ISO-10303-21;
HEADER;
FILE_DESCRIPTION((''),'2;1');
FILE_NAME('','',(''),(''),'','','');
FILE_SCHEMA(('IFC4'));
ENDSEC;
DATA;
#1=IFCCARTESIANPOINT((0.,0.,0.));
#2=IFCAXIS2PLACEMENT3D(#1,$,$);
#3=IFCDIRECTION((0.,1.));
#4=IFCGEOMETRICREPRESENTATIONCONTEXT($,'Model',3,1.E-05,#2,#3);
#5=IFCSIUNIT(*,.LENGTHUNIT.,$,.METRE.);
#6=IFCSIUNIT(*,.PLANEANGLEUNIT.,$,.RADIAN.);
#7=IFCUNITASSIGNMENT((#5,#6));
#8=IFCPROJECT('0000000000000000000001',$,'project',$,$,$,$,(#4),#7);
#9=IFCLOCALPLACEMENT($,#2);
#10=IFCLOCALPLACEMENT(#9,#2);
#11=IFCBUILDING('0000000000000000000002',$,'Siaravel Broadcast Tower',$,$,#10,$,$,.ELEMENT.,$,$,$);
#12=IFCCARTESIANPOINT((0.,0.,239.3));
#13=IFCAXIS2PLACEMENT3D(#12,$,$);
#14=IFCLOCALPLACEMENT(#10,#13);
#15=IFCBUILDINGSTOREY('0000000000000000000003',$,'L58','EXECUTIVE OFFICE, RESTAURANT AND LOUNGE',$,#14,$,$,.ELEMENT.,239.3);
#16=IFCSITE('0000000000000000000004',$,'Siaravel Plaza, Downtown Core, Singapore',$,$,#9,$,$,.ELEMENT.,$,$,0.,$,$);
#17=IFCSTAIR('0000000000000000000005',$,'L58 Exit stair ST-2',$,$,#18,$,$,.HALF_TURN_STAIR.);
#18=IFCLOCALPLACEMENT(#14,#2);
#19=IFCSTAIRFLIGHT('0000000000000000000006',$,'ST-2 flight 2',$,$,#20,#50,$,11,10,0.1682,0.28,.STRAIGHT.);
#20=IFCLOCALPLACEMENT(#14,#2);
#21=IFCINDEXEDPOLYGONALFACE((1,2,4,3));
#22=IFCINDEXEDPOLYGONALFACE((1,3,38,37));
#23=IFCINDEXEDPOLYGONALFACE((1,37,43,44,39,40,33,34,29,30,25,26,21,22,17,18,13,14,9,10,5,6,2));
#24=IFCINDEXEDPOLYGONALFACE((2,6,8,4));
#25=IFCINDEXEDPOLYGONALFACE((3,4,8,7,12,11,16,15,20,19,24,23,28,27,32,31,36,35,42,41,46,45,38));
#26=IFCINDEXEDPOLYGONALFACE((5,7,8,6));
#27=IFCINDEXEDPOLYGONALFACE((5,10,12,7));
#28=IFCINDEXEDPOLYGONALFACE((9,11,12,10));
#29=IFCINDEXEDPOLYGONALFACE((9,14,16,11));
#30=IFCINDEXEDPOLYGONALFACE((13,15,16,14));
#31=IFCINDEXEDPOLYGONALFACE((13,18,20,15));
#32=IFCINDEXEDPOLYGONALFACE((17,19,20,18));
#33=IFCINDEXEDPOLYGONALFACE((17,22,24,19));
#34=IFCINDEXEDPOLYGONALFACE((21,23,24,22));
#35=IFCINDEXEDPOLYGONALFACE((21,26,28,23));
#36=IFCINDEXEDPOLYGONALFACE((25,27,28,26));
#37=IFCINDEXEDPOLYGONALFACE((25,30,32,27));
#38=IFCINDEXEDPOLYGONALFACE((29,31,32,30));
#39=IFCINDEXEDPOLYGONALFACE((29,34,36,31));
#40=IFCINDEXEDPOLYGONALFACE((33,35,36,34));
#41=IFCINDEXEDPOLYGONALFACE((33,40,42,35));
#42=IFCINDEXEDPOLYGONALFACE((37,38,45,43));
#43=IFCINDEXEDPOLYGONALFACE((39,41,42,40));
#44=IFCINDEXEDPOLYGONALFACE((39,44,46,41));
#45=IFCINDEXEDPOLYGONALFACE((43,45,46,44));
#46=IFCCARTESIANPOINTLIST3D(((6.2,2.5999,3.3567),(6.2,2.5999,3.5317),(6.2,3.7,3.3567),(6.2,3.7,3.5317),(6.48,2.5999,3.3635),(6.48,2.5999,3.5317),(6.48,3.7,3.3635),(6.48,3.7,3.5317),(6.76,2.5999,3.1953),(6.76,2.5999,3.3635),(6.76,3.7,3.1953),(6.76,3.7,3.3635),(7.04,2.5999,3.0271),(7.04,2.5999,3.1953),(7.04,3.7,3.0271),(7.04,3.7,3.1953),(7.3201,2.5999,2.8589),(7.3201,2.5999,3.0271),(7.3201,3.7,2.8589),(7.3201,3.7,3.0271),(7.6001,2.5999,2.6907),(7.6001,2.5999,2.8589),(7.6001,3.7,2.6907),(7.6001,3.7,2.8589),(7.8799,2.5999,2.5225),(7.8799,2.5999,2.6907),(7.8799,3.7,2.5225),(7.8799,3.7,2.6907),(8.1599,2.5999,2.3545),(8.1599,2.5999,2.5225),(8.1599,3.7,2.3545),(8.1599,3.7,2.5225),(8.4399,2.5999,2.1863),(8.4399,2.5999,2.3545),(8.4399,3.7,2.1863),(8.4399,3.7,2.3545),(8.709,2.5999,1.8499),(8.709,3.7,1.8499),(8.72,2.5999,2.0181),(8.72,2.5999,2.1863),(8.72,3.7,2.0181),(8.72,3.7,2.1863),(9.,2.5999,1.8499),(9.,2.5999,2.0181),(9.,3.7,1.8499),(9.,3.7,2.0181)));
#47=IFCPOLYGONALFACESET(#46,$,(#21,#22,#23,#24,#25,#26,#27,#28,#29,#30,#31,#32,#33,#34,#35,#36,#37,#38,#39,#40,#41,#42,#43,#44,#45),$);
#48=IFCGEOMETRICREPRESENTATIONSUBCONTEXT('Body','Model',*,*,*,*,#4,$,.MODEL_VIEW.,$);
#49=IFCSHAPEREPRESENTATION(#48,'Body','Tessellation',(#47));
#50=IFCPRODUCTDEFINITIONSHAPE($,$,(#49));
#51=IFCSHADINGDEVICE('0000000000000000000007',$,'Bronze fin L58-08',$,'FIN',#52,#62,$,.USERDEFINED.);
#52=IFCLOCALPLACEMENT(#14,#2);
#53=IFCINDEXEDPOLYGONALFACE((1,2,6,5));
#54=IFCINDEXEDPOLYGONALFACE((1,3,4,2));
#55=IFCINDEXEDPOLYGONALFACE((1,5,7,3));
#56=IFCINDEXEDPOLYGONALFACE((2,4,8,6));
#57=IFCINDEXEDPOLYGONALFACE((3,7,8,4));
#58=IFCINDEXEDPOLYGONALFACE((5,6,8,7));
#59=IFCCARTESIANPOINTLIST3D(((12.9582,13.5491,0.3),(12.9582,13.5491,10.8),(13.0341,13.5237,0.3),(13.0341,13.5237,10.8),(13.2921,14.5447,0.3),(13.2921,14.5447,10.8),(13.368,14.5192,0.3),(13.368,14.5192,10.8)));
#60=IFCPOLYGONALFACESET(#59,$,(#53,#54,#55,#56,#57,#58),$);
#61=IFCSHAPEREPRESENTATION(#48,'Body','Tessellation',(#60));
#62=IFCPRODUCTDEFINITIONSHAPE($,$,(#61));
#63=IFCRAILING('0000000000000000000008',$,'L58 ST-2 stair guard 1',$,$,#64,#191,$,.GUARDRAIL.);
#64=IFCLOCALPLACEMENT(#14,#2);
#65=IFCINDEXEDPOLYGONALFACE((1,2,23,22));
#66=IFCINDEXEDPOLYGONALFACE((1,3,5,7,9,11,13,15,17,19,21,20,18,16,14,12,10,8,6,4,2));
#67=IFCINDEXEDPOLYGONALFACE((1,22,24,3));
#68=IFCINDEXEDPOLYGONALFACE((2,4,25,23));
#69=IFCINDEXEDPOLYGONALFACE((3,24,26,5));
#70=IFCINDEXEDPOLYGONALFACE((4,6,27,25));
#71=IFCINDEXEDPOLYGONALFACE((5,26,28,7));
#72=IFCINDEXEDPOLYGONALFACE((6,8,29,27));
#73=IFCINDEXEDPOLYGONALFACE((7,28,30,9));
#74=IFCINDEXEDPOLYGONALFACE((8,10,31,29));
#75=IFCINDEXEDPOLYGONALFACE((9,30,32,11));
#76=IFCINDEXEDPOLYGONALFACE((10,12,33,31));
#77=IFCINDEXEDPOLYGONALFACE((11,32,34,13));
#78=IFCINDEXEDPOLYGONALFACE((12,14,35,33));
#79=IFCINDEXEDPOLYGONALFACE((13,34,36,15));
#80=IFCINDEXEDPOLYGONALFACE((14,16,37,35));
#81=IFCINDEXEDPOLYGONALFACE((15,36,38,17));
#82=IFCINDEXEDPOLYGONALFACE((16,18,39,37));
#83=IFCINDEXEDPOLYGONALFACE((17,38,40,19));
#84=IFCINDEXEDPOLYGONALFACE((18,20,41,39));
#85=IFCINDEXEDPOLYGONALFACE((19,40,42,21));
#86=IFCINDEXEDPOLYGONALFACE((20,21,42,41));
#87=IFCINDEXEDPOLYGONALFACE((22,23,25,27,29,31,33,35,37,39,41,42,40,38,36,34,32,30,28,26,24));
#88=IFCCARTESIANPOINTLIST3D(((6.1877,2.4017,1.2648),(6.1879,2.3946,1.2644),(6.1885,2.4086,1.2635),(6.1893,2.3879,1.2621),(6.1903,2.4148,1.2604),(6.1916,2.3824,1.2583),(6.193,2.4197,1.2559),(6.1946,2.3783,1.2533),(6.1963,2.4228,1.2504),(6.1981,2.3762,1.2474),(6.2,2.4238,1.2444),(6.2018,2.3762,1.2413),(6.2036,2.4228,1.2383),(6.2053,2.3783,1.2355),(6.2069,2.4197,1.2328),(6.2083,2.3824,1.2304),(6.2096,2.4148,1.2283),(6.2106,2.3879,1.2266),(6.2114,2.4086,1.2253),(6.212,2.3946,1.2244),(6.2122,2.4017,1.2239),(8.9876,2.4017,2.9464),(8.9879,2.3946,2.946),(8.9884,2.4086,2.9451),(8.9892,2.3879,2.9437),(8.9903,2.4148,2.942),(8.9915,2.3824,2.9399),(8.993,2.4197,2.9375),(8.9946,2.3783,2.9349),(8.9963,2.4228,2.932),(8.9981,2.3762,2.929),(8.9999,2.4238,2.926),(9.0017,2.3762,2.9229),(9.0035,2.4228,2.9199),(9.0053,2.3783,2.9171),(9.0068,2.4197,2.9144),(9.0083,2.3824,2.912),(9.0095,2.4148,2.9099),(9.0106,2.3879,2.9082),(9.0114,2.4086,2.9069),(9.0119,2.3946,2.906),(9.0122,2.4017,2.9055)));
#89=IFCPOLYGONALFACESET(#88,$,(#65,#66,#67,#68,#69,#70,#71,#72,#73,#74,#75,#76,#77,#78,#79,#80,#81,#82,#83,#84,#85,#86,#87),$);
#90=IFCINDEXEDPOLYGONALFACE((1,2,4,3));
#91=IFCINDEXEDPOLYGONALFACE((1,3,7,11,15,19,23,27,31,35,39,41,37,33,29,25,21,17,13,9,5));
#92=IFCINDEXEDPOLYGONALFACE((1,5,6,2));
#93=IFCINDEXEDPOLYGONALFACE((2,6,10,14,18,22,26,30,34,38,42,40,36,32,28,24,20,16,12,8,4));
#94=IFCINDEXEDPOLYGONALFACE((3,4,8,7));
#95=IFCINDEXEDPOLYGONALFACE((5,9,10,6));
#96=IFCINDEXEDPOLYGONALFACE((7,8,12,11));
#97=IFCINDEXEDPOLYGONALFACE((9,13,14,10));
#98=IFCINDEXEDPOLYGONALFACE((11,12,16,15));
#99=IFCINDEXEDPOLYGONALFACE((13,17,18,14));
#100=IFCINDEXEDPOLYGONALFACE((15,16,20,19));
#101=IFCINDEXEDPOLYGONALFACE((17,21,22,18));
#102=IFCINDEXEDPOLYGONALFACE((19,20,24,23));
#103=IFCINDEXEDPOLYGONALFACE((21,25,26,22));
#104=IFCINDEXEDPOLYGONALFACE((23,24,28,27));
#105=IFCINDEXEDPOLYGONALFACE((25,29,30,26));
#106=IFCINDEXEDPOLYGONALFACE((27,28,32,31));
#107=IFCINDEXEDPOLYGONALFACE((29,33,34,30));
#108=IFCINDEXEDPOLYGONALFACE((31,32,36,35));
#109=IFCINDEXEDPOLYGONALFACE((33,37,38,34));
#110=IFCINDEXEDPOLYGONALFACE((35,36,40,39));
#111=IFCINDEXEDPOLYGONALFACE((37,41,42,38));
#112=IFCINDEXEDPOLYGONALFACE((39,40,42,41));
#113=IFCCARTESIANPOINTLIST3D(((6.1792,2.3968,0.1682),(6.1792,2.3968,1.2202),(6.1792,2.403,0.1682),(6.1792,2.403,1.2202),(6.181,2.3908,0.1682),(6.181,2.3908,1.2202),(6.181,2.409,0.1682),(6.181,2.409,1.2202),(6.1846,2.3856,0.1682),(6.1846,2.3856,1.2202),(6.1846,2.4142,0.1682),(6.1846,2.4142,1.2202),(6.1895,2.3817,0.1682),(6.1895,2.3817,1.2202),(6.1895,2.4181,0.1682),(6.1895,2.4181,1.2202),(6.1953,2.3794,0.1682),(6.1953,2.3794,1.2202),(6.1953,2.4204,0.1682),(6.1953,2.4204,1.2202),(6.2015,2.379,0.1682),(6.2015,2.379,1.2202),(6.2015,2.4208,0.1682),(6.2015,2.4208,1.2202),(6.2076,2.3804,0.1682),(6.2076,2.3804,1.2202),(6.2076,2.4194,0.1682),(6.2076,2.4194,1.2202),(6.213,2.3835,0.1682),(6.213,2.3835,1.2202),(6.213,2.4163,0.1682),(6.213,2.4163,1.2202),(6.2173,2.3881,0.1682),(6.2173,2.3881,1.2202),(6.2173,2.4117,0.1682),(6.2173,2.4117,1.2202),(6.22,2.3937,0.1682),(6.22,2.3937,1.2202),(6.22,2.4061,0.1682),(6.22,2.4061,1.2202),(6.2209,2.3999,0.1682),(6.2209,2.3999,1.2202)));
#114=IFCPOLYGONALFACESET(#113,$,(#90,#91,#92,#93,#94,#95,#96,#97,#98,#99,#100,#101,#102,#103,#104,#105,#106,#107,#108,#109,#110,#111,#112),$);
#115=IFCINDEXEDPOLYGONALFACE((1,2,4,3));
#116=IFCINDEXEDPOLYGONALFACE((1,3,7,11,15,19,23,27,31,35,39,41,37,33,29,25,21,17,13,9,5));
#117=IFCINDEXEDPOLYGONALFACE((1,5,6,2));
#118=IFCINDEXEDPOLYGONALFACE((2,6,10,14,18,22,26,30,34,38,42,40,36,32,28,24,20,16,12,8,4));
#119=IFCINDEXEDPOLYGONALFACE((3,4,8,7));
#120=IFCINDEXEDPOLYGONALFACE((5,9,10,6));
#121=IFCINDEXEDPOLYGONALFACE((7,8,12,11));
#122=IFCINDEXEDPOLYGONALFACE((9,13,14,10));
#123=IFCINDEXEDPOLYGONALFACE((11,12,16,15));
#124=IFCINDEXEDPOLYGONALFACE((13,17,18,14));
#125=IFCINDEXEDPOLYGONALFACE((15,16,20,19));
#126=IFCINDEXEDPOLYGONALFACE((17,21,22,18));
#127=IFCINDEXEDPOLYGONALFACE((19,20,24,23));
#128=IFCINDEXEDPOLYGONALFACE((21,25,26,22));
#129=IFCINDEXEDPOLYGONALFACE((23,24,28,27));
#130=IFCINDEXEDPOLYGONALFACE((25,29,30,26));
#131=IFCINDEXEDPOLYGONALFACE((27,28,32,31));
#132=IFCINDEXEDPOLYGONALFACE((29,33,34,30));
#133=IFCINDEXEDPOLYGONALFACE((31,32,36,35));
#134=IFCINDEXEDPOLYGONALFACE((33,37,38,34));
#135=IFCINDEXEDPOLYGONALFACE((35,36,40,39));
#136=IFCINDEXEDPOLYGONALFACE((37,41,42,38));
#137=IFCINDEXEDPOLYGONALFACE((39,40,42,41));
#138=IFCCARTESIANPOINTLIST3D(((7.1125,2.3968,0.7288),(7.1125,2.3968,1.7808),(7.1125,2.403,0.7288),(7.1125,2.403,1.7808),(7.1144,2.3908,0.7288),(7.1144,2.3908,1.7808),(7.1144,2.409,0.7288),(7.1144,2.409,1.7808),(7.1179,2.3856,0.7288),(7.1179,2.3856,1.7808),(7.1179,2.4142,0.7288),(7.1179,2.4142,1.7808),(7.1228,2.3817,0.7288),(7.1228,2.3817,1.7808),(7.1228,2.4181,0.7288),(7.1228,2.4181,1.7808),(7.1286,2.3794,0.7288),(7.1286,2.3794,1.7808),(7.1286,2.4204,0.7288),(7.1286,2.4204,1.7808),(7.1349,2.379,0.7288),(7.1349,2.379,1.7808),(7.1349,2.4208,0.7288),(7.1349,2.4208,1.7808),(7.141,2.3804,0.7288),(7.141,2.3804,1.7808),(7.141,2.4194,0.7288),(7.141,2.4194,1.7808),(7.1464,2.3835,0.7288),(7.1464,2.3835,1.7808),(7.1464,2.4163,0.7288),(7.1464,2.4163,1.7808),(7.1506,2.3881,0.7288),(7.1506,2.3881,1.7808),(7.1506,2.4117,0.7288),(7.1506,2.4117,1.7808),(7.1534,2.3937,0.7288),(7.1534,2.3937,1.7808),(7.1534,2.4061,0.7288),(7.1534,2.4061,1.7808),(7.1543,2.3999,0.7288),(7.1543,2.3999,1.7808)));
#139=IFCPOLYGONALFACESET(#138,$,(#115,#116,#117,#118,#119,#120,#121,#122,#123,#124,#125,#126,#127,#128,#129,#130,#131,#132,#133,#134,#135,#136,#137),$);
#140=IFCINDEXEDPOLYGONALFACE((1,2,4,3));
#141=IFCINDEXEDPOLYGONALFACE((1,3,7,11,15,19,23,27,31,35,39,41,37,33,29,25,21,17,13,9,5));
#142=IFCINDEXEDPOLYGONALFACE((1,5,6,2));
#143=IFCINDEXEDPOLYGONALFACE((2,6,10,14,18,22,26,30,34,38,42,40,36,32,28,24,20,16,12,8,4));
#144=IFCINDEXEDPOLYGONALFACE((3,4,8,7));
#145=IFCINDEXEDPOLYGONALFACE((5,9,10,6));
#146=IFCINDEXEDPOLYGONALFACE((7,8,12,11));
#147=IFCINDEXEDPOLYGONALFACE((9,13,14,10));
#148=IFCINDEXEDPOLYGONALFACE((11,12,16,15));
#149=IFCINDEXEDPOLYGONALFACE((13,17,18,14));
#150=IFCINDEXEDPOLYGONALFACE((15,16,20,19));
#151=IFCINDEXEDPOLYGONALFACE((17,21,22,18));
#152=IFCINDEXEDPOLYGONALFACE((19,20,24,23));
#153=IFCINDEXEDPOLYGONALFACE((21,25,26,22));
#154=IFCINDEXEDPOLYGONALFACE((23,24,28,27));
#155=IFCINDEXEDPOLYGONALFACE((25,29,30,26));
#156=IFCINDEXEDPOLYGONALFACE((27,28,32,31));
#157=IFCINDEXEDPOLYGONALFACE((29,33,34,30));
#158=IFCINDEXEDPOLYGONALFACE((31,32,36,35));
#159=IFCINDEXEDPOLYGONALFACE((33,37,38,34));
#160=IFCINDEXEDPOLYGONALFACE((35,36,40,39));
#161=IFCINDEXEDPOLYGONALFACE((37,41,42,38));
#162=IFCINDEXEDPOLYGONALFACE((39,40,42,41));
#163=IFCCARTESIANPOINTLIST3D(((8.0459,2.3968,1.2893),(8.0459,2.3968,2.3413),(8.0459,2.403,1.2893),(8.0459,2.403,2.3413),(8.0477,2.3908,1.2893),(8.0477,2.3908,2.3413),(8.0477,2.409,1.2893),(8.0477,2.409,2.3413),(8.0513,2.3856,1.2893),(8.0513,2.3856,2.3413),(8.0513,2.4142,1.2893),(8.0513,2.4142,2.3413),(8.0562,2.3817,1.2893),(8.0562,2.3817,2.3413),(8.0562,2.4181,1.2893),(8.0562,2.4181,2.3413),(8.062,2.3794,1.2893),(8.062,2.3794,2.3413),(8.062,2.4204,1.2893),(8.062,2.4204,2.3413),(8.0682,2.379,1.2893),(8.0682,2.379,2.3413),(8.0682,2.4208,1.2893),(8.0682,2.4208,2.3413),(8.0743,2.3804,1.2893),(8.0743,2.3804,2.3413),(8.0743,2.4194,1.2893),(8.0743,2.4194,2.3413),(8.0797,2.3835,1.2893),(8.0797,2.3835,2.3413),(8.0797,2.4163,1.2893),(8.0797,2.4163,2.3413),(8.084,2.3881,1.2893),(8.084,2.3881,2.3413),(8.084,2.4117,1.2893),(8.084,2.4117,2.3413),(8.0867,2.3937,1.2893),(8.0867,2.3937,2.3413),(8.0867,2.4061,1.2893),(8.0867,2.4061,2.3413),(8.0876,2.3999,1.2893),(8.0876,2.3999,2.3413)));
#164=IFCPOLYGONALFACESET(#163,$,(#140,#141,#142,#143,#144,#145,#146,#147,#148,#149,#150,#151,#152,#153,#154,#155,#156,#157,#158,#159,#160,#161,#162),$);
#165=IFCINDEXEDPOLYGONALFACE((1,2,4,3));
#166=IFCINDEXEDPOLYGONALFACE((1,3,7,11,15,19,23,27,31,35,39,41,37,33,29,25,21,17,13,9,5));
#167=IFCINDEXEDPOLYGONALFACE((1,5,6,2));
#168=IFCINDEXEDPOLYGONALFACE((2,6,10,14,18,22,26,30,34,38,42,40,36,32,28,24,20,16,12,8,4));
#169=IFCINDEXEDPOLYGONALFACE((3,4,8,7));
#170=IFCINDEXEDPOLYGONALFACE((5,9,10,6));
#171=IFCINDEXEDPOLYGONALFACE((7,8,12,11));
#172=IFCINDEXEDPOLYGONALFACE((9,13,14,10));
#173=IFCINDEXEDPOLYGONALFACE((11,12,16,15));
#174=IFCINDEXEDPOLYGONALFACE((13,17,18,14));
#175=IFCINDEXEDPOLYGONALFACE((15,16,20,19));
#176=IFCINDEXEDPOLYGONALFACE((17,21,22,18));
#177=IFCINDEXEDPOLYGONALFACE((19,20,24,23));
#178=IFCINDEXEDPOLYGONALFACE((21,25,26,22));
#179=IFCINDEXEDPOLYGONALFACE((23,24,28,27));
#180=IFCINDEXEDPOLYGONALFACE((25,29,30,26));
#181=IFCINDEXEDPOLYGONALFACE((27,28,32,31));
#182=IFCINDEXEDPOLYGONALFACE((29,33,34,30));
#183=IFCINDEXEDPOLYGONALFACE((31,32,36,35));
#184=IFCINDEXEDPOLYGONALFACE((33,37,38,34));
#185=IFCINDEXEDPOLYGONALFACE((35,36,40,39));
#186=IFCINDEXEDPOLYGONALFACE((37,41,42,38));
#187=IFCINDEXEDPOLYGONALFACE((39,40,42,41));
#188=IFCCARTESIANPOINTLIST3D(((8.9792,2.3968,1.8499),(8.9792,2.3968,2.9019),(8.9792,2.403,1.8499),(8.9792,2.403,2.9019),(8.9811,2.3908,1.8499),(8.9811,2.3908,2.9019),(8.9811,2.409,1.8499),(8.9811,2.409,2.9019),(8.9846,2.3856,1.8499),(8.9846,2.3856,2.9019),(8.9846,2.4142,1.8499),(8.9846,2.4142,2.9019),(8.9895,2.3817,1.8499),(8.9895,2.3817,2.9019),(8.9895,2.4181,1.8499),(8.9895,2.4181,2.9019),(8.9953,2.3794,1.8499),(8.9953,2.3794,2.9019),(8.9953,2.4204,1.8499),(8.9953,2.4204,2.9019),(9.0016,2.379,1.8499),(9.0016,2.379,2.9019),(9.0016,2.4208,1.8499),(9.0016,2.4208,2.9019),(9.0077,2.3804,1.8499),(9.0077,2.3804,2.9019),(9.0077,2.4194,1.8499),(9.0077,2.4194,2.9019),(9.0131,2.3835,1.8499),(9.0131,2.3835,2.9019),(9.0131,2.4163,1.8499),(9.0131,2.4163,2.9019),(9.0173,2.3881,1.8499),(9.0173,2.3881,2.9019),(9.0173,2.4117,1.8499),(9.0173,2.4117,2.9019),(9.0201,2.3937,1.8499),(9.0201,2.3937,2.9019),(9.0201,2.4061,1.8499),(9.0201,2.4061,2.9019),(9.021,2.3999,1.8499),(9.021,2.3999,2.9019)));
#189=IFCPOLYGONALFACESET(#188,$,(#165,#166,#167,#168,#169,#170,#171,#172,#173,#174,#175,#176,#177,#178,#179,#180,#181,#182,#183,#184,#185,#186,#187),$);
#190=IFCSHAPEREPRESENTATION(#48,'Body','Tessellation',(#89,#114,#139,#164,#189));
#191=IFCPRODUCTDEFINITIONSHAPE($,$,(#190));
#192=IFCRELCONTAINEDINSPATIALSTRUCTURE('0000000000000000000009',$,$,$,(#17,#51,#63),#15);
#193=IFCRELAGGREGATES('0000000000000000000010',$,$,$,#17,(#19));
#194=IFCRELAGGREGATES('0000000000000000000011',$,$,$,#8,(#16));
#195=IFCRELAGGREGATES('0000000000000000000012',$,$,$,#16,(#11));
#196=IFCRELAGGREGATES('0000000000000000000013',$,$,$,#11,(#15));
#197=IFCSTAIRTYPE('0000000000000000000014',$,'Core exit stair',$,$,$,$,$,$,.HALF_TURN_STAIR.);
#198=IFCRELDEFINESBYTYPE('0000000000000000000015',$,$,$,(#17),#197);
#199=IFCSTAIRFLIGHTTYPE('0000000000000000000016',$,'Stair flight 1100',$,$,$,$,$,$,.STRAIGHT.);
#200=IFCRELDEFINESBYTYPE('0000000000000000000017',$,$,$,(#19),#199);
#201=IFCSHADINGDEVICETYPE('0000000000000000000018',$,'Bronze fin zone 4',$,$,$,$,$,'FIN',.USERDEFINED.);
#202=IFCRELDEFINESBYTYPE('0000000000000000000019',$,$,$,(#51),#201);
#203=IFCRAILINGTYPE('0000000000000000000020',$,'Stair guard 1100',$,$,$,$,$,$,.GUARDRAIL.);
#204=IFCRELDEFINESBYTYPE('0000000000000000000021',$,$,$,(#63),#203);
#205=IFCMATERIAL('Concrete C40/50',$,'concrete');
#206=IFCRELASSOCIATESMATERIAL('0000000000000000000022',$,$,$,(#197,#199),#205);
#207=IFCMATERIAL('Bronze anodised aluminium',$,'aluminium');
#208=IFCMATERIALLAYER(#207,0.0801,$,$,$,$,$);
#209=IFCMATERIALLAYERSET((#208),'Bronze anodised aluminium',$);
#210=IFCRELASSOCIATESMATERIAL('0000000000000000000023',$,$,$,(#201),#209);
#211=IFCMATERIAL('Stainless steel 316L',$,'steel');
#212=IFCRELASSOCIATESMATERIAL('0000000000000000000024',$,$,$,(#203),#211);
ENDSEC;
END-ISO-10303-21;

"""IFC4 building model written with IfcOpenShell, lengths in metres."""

from ifc_helpers import new_model, si_unit, direction, frame, origin, origin_2d, place, context, subcontext, project, spatial, polyline, rectangle, circle, outline, extrude, material, layer, layer_set, type_object, element, aggregate, save


model = new_model("IFC4")

# Units and contexts
model_context = context("Model", 3, precision=1e-05, world=origin(), true_north=direction((0.0, 1.0)))
body_context = subcontext(model_context, "Body", "Model", "MODEL_VIEW")
ifc_project = project(units=[si_unit("LENGTHUNIT", "METRE"), si_unit("PLANEANGLEUNIT", "RADIAN")], contexts=[model_context])

# Site, building, storey
site_placement = place(None, origin())
site = spatial("IfcSite", under=ifc_project, at=site_placement, Name="Siaravel Plaza, Downtown Core, Singapore", CompositionType="ELEMENT", RefElevation=0.0)
building_placement = place(site_placement, origin())
building = spatial("IfcBuilding", under=site, at=building_placement, Name="Siaravel Broadcast Tower", CompositionType="ELEMENT")
storey_placement = place(building_placement, frame((0.0, 0.0, 239.3)))
storey = spatial("IfcBuildingStorey", under=building, at=storey_placement, Name="L58", Description="EXECUTIVE OFFICE, RESTAURANT AND LOUNGE", CompositionType="ELEMENT", Elevation=239.3)

# Stair, stair flight
ifc_material_1 = material(Name="Concrete C40/50", Category="concrete")
stair_type = type_object("IfcStairType", Name="Core exit stair", PredefinedType="HALF_TURN_STAIR", material=ifc_material_1)
stair_placement = place(storey_placement, origin())
stair = element("IfcStair", 1, at=stair_placement, inside=storey, type_object=stair_type, Name="L58 Exit stair ST-2", PredefinedType="HALF_TURN_STAIR")
stair_flight_type = type_object("IfcStairFlightType", Name="Stair flight 1100", PredefinedType="STRAIGHT", material=ifc_material_1)
stair_flight_1_placement = place(storey_placement, frame((9.0, 3.1499, 1.8499), z_axis=(0.0, 0.0, 1.0), x_axis=(-1.0, 0.0, 0.0)))
stair_flight_1 = element("IfcStairFlight", 2, at=stair_flight_1_placement, type_object=stair_flight_type, Name="ST-2 flight 2", NumberOfRisers=11, NumberOfTreads=10, PredefinedType="STRAIGHT", RiserHeight=0.1682, TreadLength=0.28, context=body_context, shape_type="SweptSolid", body=[
    extrude(outline(polyline([(0.0, 0.0), (0.0, 0.1682), (0.28, 0.1682), (0.28, 0.3364), (0.5601, 0.3364), (0.5601, 0.5046), (0.8401, 0.5046), (0.8401, 0.6726), (1.1201, 0.6726), (1.1201, 0.8408), (1.3999, 0.8408), (1.3999, 1.009), (1.6799, 1.009), (1.6799, 1.1772), (1.96, 1.1772), (1.96, 1.3455), (2.24, 1.3455), (2.24, 1.5137), (2.52, 1.5137), (2.52, 1.6819), (2.8, 1.6819), (2.8, 1.8501), (2.8, 1.5068), (0.291, 0.0), (0.0, 0.0)])), frame((0.0, 0.55, 0.0), z_axis=(0.0, -1.0, 0.0), x_axis=(1.0, 0.0, 0.0)), (0.0, 0.0, 1.0), 1.1001),
])
aggregate(stair, [stair_flight_1])

# Shading device
ifc_material_2 = material(Name="Bronze anodised aluminium", Category="aluminium")
ifc_layer_1 = layer(ifc_material_2, 0.0801)
ifc_layer_set_1 = layer_set([ifc_layer_1], Name="Bronze anodised aluminium")
shading_device_type = type_object("IfcShadingDeviceType", Name="Bronze fin zone 4", ElementType="FIN", PredefinedType="USERDEFINED", material=ifc_layer_set_1)
shading_device_placement = place(storey_placement, frame((13.1631, 14.0342, 0.3), z_axis=(0.0, 0.0, 1.0), x_axis=(0.317978, 0.948098, 0.0)))
element("IfcShadingDevice", 3, at=shading_device_placement, inside=storey, type_object=shading_device_type, Name="Bronze fin L58-08", ObjectType="FIN", PredefinedType="USERDEFINED", context=body_context, shape_type="SweptSolid", body=[
    extrude(rectangle(XDim=1.05, YDim=0.0801, at=origin_2d()), origin(), (0.0, 0.0, 1.0), 10.5),
])

# Railing
ifc_material_3 = material(Name="Stainless steel 316L", Category="steel")
railing_type_1 = type_object("IfcRailingType", Name="Stair guard 1100", PredefinedType="GUARDRAIL", material=ifc_material_3)
railing_1_placement = place(storey_placement, frame((6.2, 2.3999, 0.1682)))
element("IfcRailing", 4, at=railing_1_placement, inside=storey, type_object=railing_type_1, Name="L58 ST-2 stair guard 1", PredefinedType="GUARDRAIL", context=body_context, shape_type="SweptSolid", body=[
    extrude(circle(Radius=0.0239, at=origin_2d()), frame((0.0, 0.0, 1.0762), z_axis=(0.857275, 0.0, 0.514858), x_axis=(0.0, 1.0, 0.0)), (0.0, 0.0, 1.0), 3.2661),
    extrude(circle(Radius=0.021, at=origin_2d()), origin(), (0.0, 0.0, 1.0), 1.052),
    extrude(circle(Radius=0.021, at=origin_2d()), frame((0.9333, 0.0, 0.5605)), (0.0, 0.0, 1.0), 1.052),
    extrude(circle(Radius=0.021, at=origin_2d()), frame((1.8667, 0.0, 1.1211)), (0.0, 0.0, 1.0), 1.052),
    extrude(circle(Radius=0.021, at=origin_2d()), frame((2.8, 0.0, 1.6816)), (0.0, 0.0, 1.0), 1.052),
])

save(model, "model.ifc")
